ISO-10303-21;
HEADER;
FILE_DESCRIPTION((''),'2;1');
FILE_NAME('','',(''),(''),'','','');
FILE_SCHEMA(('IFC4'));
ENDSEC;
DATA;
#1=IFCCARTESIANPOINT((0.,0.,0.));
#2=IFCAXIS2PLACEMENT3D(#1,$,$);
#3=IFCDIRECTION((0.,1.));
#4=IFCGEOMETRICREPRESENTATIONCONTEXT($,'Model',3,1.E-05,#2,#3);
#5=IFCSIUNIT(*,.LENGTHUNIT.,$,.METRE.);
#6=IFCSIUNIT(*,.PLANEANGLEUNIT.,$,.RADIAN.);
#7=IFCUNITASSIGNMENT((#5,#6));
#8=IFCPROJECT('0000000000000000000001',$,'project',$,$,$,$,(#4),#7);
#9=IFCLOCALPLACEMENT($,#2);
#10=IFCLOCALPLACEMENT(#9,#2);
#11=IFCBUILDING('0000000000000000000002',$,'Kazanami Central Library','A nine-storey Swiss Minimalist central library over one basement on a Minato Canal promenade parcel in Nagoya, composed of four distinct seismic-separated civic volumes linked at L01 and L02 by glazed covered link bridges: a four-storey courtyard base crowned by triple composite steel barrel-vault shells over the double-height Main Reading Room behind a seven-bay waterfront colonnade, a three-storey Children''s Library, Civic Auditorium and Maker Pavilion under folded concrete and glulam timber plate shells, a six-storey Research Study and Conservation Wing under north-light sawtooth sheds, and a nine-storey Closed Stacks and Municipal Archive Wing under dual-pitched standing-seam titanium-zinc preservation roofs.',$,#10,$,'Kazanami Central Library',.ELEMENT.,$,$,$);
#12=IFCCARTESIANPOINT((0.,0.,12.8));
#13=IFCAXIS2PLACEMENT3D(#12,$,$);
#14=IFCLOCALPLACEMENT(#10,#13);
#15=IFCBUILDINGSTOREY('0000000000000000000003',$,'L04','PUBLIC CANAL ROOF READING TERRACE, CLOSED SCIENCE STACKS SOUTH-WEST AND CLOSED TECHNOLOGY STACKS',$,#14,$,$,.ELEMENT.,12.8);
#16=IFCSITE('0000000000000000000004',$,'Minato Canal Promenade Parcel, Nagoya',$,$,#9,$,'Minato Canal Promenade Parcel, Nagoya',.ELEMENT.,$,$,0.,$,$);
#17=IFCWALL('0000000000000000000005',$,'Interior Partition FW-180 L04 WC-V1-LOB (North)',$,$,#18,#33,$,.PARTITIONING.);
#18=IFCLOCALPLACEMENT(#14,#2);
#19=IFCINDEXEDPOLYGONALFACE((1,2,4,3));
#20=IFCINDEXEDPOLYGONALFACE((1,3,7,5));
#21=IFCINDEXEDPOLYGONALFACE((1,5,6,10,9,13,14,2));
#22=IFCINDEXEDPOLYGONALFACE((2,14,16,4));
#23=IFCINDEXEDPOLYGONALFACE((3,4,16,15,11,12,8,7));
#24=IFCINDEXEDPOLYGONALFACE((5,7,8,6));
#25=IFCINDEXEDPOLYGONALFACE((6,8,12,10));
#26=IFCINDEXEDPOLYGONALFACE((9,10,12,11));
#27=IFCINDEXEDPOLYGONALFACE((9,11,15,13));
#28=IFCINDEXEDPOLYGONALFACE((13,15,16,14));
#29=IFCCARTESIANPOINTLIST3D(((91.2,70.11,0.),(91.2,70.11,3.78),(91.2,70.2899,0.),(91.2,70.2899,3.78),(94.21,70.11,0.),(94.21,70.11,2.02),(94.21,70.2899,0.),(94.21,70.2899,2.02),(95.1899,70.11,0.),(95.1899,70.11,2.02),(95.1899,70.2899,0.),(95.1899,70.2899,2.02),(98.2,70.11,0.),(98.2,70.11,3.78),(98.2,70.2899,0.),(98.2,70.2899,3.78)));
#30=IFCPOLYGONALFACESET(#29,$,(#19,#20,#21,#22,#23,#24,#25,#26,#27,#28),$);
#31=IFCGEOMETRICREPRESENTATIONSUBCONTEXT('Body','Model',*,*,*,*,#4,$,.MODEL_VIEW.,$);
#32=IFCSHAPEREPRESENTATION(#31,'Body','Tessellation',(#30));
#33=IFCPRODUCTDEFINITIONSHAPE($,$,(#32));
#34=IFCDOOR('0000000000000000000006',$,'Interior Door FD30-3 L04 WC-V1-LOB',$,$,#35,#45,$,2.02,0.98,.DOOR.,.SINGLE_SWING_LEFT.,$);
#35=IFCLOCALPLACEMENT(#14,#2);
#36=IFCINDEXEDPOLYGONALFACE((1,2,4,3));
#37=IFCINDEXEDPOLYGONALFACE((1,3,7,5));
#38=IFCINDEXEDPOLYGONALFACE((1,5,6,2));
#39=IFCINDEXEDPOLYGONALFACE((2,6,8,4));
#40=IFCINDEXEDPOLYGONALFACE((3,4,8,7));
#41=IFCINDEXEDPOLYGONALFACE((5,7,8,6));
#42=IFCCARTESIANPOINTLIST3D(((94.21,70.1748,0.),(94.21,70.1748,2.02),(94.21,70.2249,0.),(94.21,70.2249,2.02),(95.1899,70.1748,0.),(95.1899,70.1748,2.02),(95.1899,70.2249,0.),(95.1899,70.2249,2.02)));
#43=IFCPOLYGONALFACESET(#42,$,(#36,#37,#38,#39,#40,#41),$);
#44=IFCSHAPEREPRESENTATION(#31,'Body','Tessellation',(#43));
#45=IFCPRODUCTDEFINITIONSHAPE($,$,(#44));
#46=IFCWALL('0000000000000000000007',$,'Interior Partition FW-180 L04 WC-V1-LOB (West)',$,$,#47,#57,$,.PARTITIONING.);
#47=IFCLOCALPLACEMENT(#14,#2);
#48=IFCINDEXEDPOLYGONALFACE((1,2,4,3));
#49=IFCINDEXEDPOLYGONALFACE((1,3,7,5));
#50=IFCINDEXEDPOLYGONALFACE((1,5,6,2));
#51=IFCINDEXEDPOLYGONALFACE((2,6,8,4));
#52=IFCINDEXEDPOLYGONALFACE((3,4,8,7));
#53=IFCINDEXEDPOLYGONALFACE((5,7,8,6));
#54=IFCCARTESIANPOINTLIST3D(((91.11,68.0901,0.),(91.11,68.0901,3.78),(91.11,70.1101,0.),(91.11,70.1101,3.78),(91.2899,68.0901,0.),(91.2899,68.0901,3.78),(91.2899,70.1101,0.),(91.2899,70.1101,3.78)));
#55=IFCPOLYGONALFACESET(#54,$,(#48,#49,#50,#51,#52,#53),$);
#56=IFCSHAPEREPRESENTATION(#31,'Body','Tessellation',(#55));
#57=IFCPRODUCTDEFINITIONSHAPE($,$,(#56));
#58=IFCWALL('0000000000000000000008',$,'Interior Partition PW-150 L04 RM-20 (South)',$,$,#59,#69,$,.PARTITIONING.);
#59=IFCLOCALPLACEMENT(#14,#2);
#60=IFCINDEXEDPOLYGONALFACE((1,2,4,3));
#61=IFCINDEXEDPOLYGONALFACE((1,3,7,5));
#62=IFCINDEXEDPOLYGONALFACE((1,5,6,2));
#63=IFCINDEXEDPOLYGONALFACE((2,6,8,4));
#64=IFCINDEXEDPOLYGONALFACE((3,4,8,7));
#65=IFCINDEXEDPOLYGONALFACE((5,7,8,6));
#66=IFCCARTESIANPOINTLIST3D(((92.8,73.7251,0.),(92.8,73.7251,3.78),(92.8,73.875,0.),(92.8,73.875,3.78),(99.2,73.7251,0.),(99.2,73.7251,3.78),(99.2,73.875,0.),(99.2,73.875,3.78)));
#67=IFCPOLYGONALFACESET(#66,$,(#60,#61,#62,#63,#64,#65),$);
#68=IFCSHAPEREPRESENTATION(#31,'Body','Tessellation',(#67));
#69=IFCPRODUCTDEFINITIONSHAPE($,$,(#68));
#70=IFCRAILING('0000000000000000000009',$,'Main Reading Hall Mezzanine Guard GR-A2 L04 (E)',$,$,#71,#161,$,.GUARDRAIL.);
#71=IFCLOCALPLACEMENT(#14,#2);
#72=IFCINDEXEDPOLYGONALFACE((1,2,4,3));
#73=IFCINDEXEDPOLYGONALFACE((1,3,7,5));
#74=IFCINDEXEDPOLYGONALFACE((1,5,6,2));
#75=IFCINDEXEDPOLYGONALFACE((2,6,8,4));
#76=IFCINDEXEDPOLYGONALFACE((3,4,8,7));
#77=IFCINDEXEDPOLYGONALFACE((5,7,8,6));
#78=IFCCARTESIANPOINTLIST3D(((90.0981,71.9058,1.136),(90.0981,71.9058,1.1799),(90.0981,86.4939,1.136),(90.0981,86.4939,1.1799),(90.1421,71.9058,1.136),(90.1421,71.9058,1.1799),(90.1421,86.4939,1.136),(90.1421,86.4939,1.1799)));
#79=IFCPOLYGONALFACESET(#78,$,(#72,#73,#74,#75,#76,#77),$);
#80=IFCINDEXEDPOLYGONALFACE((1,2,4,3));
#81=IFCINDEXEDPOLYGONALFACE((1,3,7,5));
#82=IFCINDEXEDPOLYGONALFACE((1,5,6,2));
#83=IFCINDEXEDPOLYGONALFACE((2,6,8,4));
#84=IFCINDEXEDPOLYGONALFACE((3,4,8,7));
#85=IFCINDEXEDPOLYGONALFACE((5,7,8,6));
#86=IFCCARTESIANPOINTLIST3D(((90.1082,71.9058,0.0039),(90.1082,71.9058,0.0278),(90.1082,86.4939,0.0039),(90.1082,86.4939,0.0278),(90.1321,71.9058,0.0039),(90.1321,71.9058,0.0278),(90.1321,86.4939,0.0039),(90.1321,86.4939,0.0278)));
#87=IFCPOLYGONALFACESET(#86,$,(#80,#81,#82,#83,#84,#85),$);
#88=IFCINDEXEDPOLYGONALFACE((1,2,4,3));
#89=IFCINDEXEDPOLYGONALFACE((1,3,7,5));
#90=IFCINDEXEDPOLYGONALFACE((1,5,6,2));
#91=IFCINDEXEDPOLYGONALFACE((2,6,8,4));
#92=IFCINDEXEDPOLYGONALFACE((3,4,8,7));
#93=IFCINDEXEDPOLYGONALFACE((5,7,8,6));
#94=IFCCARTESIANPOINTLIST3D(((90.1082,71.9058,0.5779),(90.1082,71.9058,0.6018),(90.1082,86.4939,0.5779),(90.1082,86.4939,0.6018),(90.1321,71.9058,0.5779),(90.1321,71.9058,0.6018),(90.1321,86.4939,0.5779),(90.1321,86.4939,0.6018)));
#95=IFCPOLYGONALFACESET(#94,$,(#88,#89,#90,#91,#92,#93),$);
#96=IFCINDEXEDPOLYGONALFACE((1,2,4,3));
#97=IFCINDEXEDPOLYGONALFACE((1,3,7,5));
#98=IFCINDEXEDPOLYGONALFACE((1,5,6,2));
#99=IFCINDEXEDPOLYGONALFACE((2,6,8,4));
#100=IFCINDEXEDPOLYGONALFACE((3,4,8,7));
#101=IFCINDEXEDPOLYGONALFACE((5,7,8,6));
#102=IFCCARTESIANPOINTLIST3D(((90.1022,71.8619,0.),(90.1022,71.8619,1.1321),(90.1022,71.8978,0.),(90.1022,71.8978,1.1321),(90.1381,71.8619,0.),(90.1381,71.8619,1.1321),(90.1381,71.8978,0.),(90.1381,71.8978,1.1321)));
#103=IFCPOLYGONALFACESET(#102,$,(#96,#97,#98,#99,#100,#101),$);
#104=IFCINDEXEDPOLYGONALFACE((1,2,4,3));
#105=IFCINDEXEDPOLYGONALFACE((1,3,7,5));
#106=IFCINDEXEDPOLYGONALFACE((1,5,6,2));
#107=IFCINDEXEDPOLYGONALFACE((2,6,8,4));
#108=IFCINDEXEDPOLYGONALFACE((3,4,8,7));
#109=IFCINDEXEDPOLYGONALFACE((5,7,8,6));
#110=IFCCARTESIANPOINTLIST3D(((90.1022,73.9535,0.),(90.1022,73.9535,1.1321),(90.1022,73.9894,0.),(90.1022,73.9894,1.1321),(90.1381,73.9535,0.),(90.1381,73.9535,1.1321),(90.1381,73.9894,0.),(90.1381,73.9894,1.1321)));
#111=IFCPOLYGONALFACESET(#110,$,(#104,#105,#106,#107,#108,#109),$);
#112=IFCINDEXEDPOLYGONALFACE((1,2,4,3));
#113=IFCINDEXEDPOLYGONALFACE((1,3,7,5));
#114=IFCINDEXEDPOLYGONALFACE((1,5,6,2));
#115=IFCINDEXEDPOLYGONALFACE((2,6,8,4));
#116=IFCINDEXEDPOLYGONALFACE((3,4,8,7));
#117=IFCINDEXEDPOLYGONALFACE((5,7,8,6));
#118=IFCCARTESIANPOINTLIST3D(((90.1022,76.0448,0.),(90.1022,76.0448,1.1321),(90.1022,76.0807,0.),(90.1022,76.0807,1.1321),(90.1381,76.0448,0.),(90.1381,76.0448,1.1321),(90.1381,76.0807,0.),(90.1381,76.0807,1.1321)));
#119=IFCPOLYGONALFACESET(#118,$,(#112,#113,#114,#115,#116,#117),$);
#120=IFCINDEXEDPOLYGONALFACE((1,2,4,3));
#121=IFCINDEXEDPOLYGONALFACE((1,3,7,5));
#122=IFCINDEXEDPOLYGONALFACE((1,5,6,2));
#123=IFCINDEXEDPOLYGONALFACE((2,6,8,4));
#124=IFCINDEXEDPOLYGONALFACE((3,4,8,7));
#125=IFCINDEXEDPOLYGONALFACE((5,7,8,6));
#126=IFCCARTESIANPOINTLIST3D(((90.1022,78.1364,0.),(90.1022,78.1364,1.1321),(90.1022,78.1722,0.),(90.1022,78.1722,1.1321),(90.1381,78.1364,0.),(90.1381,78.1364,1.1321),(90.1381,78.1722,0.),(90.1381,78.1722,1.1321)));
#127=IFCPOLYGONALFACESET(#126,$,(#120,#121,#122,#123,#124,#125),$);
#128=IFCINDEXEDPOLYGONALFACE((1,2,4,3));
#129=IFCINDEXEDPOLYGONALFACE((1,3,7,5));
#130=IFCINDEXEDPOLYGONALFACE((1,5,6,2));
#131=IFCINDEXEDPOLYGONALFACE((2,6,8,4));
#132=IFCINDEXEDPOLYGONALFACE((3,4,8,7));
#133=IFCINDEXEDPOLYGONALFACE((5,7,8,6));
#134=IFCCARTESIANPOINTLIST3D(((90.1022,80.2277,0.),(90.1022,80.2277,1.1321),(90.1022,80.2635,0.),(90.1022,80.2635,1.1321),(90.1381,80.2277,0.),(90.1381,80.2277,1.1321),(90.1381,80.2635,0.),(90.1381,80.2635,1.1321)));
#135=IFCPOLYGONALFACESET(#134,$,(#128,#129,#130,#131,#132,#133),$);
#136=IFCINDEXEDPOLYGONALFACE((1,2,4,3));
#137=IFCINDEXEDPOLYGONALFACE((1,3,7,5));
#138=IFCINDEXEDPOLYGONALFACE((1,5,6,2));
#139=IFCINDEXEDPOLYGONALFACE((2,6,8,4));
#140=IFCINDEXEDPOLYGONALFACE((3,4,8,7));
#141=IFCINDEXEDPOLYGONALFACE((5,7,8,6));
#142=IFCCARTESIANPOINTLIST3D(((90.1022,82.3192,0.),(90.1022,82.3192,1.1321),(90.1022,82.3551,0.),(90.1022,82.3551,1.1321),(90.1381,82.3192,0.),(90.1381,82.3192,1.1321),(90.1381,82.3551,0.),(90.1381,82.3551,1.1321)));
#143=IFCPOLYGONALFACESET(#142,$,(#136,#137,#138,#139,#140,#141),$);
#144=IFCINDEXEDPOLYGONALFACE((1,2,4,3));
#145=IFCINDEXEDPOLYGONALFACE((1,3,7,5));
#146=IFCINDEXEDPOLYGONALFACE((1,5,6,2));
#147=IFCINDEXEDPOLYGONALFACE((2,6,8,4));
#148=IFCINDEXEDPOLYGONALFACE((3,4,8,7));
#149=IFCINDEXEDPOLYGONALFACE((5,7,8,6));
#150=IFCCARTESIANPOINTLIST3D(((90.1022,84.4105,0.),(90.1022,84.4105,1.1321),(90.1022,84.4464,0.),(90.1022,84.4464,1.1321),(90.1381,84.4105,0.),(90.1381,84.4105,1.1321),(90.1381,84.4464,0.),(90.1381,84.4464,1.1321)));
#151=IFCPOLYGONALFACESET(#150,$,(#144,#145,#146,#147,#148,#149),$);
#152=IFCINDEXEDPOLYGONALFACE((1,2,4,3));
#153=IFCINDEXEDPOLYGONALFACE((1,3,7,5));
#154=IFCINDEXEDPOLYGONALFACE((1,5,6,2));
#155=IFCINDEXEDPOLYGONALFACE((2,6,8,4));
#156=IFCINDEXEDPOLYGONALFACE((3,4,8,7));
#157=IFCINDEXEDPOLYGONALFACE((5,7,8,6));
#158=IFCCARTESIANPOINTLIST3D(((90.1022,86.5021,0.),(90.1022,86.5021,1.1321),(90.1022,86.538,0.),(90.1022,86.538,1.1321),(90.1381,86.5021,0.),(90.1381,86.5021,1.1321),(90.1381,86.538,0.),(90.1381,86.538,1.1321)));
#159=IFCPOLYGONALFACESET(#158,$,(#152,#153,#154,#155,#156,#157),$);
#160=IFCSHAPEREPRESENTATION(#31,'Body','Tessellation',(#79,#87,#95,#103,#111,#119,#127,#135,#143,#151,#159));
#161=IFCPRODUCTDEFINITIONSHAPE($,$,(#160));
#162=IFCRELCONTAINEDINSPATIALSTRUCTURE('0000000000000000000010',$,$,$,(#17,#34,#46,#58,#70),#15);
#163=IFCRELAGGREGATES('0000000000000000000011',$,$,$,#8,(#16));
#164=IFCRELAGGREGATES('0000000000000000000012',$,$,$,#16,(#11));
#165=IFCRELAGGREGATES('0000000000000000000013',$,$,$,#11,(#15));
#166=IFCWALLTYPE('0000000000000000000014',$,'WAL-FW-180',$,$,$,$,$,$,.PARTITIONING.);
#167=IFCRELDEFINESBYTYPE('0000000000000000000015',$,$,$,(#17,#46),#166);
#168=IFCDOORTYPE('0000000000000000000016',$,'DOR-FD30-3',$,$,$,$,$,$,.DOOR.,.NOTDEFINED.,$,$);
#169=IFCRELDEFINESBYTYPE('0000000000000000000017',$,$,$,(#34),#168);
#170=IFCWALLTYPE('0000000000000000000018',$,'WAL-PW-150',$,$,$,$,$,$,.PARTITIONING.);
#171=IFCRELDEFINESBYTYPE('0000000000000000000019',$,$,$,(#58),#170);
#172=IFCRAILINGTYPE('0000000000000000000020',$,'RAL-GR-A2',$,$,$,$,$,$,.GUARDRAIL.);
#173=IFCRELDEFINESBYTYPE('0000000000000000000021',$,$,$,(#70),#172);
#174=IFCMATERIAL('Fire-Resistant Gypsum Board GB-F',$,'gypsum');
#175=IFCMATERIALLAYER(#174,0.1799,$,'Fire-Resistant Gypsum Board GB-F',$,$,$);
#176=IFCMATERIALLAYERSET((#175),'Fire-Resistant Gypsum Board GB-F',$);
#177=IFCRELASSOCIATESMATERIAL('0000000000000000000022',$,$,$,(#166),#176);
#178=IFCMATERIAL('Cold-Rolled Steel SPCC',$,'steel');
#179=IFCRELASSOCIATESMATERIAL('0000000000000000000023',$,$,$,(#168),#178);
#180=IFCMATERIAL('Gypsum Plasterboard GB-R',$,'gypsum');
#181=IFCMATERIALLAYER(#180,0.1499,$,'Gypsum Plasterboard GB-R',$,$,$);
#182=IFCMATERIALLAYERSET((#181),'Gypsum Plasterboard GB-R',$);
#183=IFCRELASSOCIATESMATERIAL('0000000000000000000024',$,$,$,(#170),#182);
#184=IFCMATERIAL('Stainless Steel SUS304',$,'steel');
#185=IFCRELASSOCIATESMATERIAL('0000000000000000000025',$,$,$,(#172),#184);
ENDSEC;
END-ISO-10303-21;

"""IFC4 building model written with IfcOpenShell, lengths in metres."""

from ifc_helpers import new_model, si_unit, direction, frame, frame_2d, origin, origin_2d, place, context, subcontext, project, spatial, rectangle, extrude, material, layer, layer_set, type_object, element, fill, save


model = new_model("IFC4")

# Units and contexts
model_context = context("Model", 3, precision=1e-05, world=origin(), true_north=direction((0.0, 1.0)))
body_context = subcontext(model_context, "Body", "Model", "MODEL_VIEW")
ifc_project = project(units=[si_unit("LENGTHUNIT", "METRE"), si_unit("PLANEANGLEUNIT", "RADIAN")], contexts=[model_context])

# Site, building, storey
site_placement = place(None, origin())
site = spatial("IfcSite", under=ifc_project, at=site_placement, Name="Minato Canal Promenade Parcel, Nagoya", LongName="Minato Canal Promenade Parcel, Nagoya", CompositionType="ELEMENT", RefElevation=0.0)
building_placement = place(site_placement, origin())
building = spatial("IfcBuilding", under=site, at=building_placement, Name="Kazanami Central Library", Description="A nine-storey Swiss Minimalist central library over one basement on a Minato Canal promenade parcel in Nagoya, composed of four distinct seismic-separated civic volumes linked at L01 and L02 by glazed covered link bridges: a four-storey courtyard base crowned by triple composite steel barrel-vault shells over the double-height Main Reading Room behind a seven-bay waterfront colonnade, a three-storey Children's Library, Civic Auditorium and Maker Pavilion under folded concrete and glulam timber plate shells, a six-storey Research Study and Conservation Wing under north-light sawtooth sheds, and a nine-storey Closed Stacks and Municipal Archive Wing under dual-pitched standing-seam titanium-zinc preservation roofs.", LongName="Kazanami Central Library", CompositionType="ELEMENT")
storey_placement = place(building_placement, frame((0.0, 0.0, 12.8)))
storey = spatial("IfcBuildingStorey", under=building, at=storey_placement, Name="L04", Description="PUBLIC CANAL ROOF READING TERRACE, CLOSED SCIENCE STACKS SOUTH-WEST AND CLOSED TECHNOLOGY STACKS", CompositionType="ELEMENT", Elevation=12.8)

# Shared definitions
ifc_material_1 = material(Name="Fire-Resistant Gypsum Board GB-F", Category="gypsum")
ifc_layer_1 = layer(ifc_material_1, 0.1799, Name="Fire-Resistant Gypsum Board GB-F")
ifc_layer_set_1 = layer_set([ifc_layer_1], Name="Fire-Resistant Gypsum Board GB-F")
wall_type_1 = type_object("IfcWallType", Name="WAL-FW-180", PredefinedType="PARTITIONING", material=ifc_layer_set_1)
ifc_material_2 = material(Name="Cold-Rolled Steel SPCC", Category="steel")
door_type_1 = type_object("IfcDoorType", Name="DOR-FD30-3", OperationType="NOTDEFINED", PredefinedType="DOOR", material=ifc_material_2)

# Wall, opening, door
wall_1_placement = place(storey_placement, frame((91.2, 70.2, 0.0), z_axis=(0.0, 0.0, 1.0), x_axis=(1.0, 0.0, 0.0)))
wall_1 = element("IfcWall", 1, at=wall_1_placement, inside=storey, type_object=wall_type_1, Name="Interior Partition FW-180 L04 WC-V1-LOB (North)", PredefinedType="PARTITIONING", context=body_context, shape_type="SweptSolid", body=[
    extrude(rectangle(XDim=7.0, YDim=0.1799, at=frame_2d((3.5, 0.0))), origin(), (0.0, 0.0, 1.0), 3.78),
])
opening_1_placement = place(wall_1_placement, frame((3.01, 0.0, 0.0)))
opening_1 = element("IfcOpeningElement", 2, at=opening_1_placement, cuts=wall_1, PredefinedType="OPENING", context=body_context, shape_type="SweptSolid", body=[
    extrude(rectangle(XDim=0.98, YDim=2.02, at=frame_2d((0.49, 1.01))), frame((0.0, 0.1021, 0.0), z_axis=(0.0, -1.0, 0.0), x_axis=(1.0, 0.0, 0.0)), (0.0, 0.0, 1.0), 0.2039),
])
door_1_placement = place(opening_1_placement, origin())
door_1 = element("IfcDoor", 3, at=door_1_placement, inside=storey, type_object=door_type_1, Name="Interior Door FD30-3 L04 WC-V1-LOB", OperationType="SINGLE_SWING_LEFT", OverallHeight=2.02, OverallWidth=0.98, PredefinedType="DOOR", context=body_context, shape_type="SweptSolid", body=[
    extrude(rectangle(XDim=0.98, YDim=2.02, at=frame_2d((0.49, 1.01))), frame((0.0, 0.0249, 0.0), z_axis=(0.0, -1.0, 0.0), x_axis=(1.0, 0.0, 0.0)), (0.0, 0.0, 1.0), 0.05),
])
fill(opening_1, door_1)

# Walls
wall_2_placement = place(storey_placement, frame((91.2, 68.0901, 0.0), z_axis=(0.0, 0.0, 1.0), x_axis=(0.0, 1.0, 0.0)))
element("IfcWall", 4, at=wall_2_placement, inside=storey, type_object=wall_type_1, Name="Interior Partition FW-180 L04 WC-V1-LOB (West)", PredefinedType="PARTITIONING", context=body_context, shape_type="SweptSolid", body=[
    extrude(rectangle(XDim=2.02, YDim=0.1799, at=frame_2d((1.01, 0.0))), origin(), (0.0, 0.0, 1.0), 3.78),
])
ifc_material_3 = material(Name="Gypsum Plasterboard GB-R", Category="gypsum")
ifc_layer_2 = layer(ifc_material_3, 0.1499, Name="Gypsum Plasterboard GB-R")
ifc_layer_set_2 = layer_set([ifc_layer_2], Name="Gypsum Plasterboard GB-R")
wall_type_2 = type_object("IfcWallType", Name="WAL-PW-150", PredefinedType="PARTITIONING", material=ifc_layer_set_2)
wall_3_placement = place(storey_placement, frame((92.8, 73.8, 0.0), z_axis=(0.0, 0.0, 1.0), x_axis=(1.0, 0.0, 0.0)))
element("IfcWall", 5, at=wall_3_placement, inside=storey, type_object=wall_type_2, Name="Interior Partition PW-150 L04 RM-20 (South)", PredefinedType="PARTITIONING", context=body_context, shape_type="SweptSolid", body=[
    extrude(rectangle(XDim=6.3999, YDim=0.1499, at=frame_2d((3.2, 0.0))), origin(), (0.0, 0.0, 1.0), 3.78),
])

# Railing
ifc_material_4 = material(Name="Stainless Steel SUS304", Category="steel")
railing_type = type_object("IfcRailingType", Name="RAL-GR-A2", PredefinedType="GUARDRAIL", material=ifc_material_4)
railing_placement = place(storey_placement, frame((90.1201, 71.8799, 0.0)))
element("IfcRailing", 6, at=railing_placement, inside=storey, type_object=railing_type, Name="Main Reading Hall Mezzanine Guard GR-A2 L04 (E)", PredefinedType="GUARDRAIL", context=body_context, shape_type="SweptSolid", body=[
    extrude(rectangle(XDim=0.0439, YDim=0.0439, at=origin_2d()), frame((0.0, 0.0259, 1.158), z_axis=(0.0, 1.0, 0.0), x_axis=(-1.0, 0.0, 0.0)), (0.0, 0.0, 1.0), 14.5881),
    extrude(rectangle(XDim=0.0239, YDim=0.0239, at=origin_2d()), frame((0.0, 0.0259, 0.0159), z_axis=(0.0, 1.0, 0.0), x_axis=(-1.0, 0.0, 0.0)), (0.0, 0.0, 1.0), 14.5881),
    extrude(rectangle(XDim=0.0239, YDim=0.0239, at=origin_2d()), frame((0.0, 0.0259, 0.5898), z_axis=(0.0, 1.0, 0.0), x_axis=(-1.0, 0.0, 0.0)), (0.0, 0.0, 1.0), 14.5881),
    extrude(rectangle(XDim=0.0359, YDim=0.0359, at=origin_2d()), origin(), (0.0, 0.0, 1.0), 1.1321),
    extrude(rectangle(XDim=0.0359, YDim=0.0359, at=origin_2d()), frame((0.0, 2.0916, 0.0)), (0.0, 0.0, 1.0), 1.1321),
    extrude(rectangle(XDim=0.0359, YDim=0.0359, at=origin_2d()), frame((0.0, 4.1829, 0.0)), (0.0, 0.0, 1.0), 1.1321),
    extrude(rectangle(XDim=0.0359, YDim=0.0359, at=origin_2d()), frame((0.0, 6.2744, 0.0)), (0.0, 0.0, 1.0), 1.1321),
    extrude(rectangle(XDim=0.0359, YDim=0.0359, at=origin_2d()), frame((0.0, 8.3657, 0.0)), (0.0, 0.0, 1.0), 1.1321),
    extrude(rectangle(XDim=0.0359, YDim=0.0359, at=origin_2d()), frame((0.0, 10.4573, 0.0)), (0.0, 0.0, 1.0), 1.1321),
    extrude(rectangle(XDim=0.0359, YDim=0.0359, at=origin_2d()), frame((0.0, 12.5486, 0.0)), (0.0, 0.0, 1.0), 1.1321),
    extrude(rectangle(XDim=0.0359, YDim=0.0359, at=origin_2d()), frame((0.0, 14.6401, 0.0)), (0.0, 0.0, 1.0), 1.1321),
])

save(model, "model.ifc")
